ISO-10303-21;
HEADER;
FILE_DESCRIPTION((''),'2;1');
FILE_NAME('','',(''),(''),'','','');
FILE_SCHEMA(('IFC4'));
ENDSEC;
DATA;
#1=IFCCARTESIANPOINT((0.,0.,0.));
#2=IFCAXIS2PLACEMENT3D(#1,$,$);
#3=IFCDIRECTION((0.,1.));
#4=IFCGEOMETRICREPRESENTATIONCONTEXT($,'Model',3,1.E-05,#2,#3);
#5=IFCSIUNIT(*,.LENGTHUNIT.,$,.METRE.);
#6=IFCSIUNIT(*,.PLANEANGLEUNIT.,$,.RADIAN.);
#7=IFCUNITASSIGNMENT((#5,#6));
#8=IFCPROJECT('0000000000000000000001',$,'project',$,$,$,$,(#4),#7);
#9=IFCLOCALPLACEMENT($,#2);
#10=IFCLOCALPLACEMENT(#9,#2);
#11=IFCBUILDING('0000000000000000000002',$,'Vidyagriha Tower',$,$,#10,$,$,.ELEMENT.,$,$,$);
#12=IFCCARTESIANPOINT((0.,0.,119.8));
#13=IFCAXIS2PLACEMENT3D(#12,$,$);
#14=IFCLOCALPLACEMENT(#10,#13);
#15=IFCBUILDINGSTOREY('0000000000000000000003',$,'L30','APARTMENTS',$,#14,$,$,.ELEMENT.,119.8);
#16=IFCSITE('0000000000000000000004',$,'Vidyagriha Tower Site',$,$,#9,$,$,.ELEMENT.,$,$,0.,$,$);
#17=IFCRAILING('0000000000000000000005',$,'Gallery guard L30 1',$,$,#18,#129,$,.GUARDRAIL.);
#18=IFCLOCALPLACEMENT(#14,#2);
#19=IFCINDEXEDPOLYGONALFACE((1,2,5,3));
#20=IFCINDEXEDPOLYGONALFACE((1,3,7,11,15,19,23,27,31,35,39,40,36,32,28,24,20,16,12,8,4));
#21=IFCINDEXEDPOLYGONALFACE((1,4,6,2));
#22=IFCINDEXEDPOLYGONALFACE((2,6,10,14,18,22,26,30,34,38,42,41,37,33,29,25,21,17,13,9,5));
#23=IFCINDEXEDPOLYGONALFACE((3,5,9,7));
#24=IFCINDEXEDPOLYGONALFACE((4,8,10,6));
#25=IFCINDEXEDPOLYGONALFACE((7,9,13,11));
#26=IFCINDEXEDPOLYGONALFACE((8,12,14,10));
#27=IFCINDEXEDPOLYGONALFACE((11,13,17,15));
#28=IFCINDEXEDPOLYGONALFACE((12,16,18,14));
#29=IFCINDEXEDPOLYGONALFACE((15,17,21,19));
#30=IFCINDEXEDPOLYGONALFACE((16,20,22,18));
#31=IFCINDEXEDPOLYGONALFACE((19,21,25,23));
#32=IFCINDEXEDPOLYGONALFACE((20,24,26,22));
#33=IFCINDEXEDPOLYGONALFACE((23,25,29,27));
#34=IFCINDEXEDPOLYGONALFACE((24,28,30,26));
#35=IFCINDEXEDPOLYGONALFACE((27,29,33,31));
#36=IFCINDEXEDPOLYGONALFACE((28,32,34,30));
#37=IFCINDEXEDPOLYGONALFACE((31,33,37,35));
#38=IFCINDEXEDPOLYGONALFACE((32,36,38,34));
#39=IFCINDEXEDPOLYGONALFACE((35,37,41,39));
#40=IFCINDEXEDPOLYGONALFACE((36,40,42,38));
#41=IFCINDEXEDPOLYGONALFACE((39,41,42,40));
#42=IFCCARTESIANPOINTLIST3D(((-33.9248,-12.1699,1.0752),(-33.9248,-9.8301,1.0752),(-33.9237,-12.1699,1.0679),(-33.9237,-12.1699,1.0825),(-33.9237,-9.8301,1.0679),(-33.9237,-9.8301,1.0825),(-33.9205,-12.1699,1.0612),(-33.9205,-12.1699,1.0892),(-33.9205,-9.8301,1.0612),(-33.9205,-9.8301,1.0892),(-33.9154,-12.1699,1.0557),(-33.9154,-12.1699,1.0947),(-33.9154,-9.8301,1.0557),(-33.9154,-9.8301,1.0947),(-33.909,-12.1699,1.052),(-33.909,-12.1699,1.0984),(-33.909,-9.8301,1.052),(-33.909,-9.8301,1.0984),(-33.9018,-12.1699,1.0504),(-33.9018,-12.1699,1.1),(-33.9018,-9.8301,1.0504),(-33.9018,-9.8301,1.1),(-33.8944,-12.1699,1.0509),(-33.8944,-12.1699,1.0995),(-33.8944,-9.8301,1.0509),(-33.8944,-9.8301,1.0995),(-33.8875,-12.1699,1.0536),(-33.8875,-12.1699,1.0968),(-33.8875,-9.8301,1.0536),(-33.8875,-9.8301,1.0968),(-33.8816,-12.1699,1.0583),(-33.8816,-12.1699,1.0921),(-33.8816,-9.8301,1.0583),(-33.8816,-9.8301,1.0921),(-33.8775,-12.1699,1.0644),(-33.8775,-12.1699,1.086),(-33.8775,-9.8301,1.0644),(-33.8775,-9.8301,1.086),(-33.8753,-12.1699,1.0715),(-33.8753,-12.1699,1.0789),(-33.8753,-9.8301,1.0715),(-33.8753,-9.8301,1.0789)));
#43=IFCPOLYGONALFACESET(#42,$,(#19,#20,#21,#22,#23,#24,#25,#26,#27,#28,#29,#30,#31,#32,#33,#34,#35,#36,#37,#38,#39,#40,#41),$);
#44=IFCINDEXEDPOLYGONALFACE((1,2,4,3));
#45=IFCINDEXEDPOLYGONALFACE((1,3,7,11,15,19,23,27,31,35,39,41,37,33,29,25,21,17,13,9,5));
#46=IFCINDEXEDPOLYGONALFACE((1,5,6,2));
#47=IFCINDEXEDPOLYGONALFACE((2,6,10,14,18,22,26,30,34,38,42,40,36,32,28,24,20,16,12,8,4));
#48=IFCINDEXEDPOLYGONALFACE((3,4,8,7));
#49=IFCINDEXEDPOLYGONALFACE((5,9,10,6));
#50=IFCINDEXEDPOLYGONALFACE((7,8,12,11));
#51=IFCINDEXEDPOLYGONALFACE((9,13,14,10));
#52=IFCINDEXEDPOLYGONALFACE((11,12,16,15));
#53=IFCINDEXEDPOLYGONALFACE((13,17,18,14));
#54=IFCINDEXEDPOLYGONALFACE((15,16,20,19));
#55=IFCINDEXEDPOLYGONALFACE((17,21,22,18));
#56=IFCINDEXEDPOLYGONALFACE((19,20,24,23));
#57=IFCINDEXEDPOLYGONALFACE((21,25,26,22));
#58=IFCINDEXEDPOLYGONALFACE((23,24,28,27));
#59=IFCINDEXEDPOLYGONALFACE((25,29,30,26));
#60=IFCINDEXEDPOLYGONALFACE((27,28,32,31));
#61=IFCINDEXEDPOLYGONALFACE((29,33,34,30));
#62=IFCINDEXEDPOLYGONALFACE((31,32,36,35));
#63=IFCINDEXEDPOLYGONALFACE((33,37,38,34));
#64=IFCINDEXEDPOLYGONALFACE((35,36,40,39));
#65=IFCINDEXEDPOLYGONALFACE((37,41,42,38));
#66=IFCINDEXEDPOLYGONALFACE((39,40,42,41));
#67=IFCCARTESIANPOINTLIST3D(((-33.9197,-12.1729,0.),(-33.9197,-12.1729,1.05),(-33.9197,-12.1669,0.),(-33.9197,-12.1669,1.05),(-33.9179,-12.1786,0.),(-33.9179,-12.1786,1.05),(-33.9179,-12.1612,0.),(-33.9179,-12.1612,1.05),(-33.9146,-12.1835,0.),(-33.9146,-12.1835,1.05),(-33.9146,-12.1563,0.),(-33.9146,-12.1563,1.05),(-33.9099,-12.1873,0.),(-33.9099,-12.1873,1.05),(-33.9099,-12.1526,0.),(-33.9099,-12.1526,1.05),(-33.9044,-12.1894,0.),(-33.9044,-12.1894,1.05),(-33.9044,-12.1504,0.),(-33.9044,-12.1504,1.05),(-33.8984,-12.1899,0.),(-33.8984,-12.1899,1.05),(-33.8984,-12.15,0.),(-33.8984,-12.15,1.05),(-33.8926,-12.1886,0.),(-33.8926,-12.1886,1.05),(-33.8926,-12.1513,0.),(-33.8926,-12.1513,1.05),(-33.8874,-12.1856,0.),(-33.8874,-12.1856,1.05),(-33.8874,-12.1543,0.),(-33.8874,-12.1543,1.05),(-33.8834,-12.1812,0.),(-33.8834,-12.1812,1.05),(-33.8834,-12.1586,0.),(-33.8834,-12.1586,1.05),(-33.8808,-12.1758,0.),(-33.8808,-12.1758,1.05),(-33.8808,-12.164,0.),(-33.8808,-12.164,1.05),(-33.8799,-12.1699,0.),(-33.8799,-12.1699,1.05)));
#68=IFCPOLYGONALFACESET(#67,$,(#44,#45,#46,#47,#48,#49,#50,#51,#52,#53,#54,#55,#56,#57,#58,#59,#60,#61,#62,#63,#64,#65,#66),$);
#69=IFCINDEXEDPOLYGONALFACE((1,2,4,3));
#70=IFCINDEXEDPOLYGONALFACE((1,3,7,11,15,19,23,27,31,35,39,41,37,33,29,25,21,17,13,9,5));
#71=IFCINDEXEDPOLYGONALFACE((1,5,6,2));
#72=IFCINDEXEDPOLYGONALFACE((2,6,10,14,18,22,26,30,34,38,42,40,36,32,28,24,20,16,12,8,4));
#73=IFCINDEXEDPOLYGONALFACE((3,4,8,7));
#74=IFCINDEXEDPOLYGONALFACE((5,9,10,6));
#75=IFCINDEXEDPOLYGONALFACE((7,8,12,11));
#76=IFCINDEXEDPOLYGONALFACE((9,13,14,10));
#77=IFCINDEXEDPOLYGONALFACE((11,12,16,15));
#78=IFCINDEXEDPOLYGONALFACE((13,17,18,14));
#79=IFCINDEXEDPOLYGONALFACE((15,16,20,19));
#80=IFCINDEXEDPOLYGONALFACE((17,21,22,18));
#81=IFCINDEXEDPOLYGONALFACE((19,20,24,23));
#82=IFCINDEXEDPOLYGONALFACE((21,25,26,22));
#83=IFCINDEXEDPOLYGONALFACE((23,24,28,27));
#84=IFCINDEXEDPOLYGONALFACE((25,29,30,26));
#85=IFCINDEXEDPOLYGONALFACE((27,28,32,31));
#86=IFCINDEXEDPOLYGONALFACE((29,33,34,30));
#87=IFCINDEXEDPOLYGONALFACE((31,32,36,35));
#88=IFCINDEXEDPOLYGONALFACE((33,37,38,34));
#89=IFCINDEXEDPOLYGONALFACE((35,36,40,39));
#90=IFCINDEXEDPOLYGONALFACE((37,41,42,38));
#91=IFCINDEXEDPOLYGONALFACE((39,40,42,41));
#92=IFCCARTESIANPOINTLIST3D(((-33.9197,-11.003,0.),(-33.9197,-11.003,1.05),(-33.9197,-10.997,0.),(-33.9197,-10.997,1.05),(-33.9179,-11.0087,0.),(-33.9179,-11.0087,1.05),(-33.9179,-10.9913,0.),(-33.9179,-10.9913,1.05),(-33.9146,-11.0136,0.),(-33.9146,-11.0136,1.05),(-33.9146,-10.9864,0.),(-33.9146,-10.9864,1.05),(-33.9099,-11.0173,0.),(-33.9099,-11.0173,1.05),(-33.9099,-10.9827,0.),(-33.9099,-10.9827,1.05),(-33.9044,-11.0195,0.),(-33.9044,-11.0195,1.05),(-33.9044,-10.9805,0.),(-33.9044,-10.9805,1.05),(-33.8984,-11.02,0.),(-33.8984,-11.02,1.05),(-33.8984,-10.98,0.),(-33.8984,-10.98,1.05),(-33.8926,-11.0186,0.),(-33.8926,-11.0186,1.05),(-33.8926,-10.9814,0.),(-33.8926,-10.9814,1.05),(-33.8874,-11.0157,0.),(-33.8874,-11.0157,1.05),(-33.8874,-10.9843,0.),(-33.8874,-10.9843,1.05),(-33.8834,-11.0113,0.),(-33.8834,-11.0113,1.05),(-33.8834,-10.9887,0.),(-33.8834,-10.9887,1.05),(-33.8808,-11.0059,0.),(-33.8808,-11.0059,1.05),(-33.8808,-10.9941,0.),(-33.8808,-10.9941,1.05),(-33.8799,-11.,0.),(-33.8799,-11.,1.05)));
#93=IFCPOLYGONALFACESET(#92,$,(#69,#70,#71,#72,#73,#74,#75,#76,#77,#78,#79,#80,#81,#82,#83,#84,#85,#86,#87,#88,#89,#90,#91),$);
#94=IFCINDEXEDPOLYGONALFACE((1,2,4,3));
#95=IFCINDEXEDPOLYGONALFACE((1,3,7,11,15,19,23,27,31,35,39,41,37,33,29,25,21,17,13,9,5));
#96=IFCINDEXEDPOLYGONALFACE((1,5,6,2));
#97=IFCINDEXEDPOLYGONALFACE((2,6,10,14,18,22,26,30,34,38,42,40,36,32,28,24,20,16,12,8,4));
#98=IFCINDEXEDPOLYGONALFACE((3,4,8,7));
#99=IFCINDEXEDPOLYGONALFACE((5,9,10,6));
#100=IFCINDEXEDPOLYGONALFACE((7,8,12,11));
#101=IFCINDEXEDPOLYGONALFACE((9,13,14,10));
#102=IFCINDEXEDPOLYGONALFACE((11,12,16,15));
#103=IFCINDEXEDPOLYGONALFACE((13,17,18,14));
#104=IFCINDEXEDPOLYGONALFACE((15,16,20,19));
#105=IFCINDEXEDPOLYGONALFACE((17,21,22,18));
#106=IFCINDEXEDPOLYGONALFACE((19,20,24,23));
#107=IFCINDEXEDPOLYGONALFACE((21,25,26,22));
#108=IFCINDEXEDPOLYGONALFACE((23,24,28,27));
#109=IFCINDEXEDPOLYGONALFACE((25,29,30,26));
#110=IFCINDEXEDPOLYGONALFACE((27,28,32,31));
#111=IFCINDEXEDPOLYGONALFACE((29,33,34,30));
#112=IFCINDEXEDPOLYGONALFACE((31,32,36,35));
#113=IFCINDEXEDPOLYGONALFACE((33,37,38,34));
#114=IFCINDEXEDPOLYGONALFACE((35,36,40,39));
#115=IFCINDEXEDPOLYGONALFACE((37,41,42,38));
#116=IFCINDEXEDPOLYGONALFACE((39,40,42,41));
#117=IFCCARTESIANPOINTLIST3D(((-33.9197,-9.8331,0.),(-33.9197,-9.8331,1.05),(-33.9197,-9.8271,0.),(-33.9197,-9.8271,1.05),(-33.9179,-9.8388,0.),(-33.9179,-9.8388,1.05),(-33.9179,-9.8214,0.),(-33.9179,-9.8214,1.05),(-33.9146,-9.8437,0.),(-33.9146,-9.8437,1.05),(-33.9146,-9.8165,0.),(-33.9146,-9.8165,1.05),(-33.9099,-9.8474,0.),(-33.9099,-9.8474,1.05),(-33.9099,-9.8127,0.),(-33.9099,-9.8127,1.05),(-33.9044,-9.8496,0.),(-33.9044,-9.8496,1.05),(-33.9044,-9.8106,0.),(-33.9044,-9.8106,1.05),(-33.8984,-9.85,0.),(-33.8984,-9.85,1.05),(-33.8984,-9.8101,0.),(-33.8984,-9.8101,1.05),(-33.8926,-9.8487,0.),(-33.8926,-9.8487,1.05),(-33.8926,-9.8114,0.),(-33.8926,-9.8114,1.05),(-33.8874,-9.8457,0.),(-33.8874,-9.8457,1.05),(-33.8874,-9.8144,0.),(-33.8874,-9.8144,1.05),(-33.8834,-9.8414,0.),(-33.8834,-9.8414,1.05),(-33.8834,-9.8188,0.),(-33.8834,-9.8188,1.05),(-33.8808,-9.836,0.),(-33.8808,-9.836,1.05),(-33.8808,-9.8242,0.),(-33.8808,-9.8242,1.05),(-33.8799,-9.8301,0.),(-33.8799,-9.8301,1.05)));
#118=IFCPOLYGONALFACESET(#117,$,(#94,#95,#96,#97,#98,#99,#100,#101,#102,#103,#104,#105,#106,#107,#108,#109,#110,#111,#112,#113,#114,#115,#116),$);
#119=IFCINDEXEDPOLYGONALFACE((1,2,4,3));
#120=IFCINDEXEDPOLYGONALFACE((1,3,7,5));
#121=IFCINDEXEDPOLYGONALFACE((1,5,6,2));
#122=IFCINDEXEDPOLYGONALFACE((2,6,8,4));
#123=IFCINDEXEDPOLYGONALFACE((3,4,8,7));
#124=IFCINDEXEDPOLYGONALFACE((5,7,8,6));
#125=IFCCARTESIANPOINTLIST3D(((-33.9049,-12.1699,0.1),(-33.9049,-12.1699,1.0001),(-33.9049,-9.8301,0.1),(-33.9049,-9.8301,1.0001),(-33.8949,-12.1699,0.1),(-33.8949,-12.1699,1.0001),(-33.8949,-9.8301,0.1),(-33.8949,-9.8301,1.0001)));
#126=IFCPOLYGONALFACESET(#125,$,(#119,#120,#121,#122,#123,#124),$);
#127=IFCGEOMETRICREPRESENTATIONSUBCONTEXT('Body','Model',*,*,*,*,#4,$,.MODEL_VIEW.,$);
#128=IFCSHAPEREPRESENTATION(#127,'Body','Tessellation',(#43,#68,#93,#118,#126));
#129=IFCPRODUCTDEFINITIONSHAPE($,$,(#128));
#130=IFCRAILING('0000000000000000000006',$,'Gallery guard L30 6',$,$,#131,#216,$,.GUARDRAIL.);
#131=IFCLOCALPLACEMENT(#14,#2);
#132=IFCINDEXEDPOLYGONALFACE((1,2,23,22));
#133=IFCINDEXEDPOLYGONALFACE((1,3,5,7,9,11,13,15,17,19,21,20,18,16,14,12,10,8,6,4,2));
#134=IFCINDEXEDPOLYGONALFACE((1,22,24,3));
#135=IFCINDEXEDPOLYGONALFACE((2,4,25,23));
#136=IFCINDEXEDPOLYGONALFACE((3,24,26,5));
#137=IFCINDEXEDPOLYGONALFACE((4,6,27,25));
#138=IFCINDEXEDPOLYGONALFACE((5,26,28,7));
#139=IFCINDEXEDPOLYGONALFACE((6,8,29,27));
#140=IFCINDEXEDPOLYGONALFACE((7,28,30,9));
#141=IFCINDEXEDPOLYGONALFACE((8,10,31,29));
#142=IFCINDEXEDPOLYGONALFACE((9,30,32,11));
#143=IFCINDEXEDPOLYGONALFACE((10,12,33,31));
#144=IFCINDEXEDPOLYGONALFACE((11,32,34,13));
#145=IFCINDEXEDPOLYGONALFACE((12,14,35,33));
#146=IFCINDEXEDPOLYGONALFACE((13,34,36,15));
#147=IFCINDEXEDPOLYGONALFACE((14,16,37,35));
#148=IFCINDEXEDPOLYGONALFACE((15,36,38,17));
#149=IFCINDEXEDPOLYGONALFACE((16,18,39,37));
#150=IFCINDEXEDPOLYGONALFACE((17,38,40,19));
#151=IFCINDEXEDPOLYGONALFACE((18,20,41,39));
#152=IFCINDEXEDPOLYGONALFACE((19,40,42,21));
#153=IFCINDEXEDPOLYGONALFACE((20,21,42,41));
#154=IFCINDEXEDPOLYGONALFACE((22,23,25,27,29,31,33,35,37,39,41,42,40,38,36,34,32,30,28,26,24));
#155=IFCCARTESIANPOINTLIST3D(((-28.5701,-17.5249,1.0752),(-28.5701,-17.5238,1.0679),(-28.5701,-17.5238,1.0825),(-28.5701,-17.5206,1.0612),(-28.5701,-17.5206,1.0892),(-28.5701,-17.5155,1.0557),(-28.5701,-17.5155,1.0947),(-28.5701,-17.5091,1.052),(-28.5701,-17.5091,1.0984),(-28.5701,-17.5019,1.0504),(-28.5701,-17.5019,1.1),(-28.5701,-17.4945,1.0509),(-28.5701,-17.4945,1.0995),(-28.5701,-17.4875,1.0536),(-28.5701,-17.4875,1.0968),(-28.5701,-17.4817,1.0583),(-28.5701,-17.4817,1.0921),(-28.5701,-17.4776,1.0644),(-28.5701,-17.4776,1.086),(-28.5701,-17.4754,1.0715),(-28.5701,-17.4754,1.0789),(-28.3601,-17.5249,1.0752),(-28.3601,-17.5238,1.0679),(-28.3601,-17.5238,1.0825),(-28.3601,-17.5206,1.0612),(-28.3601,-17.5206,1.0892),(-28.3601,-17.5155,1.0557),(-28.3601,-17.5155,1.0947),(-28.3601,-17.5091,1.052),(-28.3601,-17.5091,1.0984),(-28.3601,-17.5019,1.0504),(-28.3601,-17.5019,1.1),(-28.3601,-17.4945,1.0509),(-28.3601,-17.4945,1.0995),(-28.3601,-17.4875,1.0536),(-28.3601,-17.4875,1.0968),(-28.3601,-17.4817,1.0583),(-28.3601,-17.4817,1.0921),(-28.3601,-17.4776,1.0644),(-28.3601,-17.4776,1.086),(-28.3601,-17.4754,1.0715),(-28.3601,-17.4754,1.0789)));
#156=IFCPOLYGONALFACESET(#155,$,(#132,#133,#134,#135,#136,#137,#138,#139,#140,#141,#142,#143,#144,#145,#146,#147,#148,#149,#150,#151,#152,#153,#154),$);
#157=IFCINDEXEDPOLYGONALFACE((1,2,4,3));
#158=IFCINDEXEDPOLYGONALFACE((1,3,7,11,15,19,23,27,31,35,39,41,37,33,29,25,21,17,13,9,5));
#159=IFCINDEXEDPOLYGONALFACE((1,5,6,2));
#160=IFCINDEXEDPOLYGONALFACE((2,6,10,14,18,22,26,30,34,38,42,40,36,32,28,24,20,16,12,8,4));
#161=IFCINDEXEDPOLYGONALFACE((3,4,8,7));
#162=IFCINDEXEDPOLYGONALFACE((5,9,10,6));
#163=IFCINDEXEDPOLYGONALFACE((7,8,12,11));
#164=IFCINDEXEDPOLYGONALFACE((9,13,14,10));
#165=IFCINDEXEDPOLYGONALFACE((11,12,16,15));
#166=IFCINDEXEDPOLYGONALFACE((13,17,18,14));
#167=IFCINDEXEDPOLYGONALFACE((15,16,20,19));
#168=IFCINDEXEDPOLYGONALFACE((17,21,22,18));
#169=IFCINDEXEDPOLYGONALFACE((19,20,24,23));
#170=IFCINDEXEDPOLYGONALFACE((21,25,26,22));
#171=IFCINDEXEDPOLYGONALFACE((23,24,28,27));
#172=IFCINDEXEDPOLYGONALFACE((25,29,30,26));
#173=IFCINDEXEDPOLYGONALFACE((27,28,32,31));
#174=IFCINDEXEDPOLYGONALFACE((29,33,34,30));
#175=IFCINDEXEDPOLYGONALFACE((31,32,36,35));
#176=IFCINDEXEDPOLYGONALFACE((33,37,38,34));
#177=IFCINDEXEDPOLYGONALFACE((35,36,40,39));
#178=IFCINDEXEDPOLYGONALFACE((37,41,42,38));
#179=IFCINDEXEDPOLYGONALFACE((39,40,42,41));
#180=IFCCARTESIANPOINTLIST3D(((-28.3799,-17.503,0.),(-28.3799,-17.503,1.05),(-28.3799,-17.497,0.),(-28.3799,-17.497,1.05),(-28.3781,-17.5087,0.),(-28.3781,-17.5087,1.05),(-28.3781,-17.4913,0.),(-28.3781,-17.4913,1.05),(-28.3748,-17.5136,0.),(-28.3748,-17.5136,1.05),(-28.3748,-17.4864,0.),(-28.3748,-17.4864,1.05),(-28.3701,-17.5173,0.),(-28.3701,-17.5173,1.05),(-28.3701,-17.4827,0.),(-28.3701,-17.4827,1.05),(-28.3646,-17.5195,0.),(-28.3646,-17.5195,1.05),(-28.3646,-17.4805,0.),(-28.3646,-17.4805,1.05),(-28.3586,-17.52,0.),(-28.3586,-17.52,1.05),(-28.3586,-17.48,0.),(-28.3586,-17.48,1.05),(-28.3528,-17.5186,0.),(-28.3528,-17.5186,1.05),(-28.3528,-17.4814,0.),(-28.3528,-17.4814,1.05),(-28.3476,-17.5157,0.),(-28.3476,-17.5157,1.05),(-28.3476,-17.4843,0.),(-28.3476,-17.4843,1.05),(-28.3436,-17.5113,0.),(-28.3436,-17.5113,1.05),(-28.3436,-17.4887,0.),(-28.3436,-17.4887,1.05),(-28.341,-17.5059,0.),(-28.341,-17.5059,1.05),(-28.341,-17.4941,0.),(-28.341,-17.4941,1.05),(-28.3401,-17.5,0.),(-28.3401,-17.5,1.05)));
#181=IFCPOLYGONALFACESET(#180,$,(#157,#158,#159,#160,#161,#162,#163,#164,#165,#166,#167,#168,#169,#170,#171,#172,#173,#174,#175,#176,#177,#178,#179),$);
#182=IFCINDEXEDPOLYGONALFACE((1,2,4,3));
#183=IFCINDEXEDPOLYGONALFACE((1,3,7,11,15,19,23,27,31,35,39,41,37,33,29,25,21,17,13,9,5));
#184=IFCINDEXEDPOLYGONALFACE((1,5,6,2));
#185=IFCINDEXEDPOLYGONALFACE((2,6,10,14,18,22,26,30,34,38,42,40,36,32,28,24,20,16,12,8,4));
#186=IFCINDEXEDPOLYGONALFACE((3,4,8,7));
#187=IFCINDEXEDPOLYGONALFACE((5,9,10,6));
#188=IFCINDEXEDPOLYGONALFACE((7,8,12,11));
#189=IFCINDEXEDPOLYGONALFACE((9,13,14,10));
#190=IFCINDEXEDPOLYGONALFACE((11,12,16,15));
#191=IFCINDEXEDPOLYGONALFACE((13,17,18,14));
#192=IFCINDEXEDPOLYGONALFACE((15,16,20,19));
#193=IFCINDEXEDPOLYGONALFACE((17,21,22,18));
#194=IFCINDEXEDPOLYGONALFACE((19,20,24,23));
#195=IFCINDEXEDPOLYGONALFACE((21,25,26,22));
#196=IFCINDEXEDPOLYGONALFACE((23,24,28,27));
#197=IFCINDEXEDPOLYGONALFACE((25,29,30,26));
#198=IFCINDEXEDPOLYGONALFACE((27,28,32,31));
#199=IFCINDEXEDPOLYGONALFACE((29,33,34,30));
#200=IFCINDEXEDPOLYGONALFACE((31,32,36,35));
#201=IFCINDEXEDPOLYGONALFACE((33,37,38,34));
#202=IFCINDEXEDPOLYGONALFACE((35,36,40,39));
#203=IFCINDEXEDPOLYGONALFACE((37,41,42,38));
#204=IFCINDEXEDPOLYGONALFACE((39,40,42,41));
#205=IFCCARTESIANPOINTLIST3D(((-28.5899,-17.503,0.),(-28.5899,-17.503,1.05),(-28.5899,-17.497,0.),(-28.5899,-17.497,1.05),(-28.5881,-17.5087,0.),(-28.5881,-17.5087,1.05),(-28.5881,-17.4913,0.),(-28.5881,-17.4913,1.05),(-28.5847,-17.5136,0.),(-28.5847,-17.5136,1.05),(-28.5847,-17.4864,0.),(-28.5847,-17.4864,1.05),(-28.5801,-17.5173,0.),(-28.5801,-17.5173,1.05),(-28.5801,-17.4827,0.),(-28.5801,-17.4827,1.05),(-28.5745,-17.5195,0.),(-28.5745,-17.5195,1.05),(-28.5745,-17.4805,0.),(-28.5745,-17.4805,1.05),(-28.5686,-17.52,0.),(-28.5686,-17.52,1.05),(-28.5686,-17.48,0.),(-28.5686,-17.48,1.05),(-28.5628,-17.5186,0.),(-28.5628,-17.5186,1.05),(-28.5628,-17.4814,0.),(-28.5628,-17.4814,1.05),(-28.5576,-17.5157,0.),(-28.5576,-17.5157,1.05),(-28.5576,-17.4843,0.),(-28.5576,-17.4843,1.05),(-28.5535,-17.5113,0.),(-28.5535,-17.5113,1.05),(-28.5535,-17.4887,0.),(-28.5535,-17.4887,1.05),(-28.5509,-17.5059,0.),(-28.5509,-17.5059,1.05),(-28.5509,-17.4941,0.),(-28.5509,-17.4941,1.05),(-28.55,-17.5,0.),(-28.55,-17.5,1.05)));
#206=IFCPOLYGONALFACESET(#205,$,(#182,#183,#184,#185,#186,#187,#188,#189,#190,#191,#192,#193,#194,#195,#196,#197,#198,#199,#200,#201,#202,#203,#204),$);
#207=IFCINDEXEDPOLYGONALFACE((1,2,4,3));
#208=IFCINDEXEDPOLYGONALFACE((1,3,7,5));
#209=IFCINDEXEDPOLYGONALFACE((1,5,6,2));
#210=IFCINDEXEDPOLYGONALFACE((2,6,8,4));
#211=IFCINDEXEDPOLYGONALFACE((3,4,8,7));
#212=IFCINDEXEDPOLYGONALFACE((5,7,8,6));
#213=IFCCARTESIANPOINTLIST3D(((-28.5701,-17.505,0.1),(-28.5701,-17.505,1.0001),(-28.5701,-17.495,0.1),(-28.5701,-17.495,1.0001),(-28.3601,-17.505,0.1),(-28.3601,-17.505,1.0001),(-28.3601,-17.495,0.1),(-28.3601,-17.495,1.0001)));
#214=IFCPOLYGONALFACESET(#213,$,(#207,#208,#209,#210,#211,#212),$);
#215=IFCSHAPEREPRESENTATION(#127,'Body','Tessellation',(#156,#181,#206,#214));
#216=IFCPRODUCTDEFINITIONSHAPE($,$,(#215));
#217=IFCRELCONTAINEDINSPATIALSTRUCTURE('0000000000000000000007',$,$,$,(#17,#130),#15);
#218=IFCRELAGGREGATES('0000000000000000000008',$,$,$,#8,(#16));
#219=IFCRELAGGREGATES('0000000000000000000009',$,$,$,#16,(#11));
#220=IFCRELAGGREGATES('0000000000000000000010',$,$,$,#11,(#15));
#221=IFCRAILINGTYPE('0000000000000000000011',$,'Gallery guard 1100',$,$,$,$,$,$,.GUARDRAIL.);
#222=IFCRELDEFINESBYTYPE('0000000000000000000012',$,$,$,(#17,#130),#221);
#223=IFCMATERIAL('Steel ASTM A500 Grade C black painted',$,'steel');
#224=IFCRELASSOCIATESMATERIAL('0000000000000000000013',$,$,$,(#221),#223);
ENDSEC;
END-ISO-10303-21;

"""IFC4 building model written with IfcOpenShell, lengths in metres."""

from ifc_helpers import new_model, si_unit, direction, frame, origin, origin_2d, place, context, subcontext, project, spatial, rectangle, circle, extrude, material, type_object, element, save


model = new_model("IFC4")

# Units and contexts
model_context = context("Model", 3, precision=1e-05, world=origin(), true_north=direction((0.0, 1.0)))
body_context = subcontext(model_context, "Body", "Model", "MODEL_VIEW")
ifc_project = project(units=[si_unit("LENGTHUNIT", "METRE"), si_unit("PLANEANGLEUNIT", "RADIAN")], contexts=[model_context])

# Site, building, storey
site_placement = place(None, origin())
site = spatial("IfcSite", under=ifc_project, at=site_placement, Name="Vidyagriha Tower Site", CompositionType="ELEMENT", RefElevation=0.0)
building_placement = place(site_placement, origin())
building = spatial("IfcBuilding", under=site, at=building_placement, Name="Vidyagriha Tower", CompositionType="ELEMENT")
storey_placement = place(building_placement, frame((0.0, 0.0, 119.8)))
storey = spatial("IfcBuildingStorey", under=building, at=storey_placement, Name="L30", Description="APARTMENTS", CompositionType="ELEMENT", Elevation=119.8)

# Railings
ifc_material_1 = material(Name="Steel ASTM A500 Grade C black painted", Category="steel")
railing_type_1 = type_object("IfcRailingType", Name="Gallery guard 1100", PredefinedType="GUARDRAIL", material=ifc_material_1)
railing_1_placement = place(storey_placement, frame((-33.8999, -12.1699, 0.0)))
element("IfcRailing", 1, at=railing_1_placement, inside=storey, type_object=railing_type_1, Name="Gallery guard L30 1", PredefinedType="GUARDRAIL", context=body_context, shape_type="SweptSolid", body=[
    extrude(circle(Radius=0.0249, at=origin_2d()), frame((0.0, 0.0, 1.0752), z_axis=(0.0, 1.0, 0.0), x_axis=(-1.0, 0.0, 0.0)), (0.0, 0.0, 1.0), 2.3398),
    extrude(circle(Radius=0.02, at=origin_2d()), origin(), (0.0, 0.0, 1.0), 1.05),
    extrude(circle(Radius=0.02, at=origin_2d()), frame((0.0, 1.1699, 0.0)), (0.0, 0.0, 1.0), 1.05),
    extrude(circle(Radius=0.02, at=origin_2d()), frame((0.0, 2.3398, 0.0)), (0.0, 0.0, 1.0), 1.05),
    extrude(rectangle(XDim=0.01, YDim=0.9001, at=origin_2d()), frame((0.0, 0.0, 0.55), z_axis=(0.0, 1.0, 0.0), x_axis=(-1.0, 0.0, 0.0)), (0.0, 0.0, 1.0), 2.3398),
])
railing_2_placement = place(storey_placement, frame((-28.3601, -17.5, 0.0)))
element("IfcRailing", 2, at=railing_2_placement, inside=storey, type_object=railing_type_1, Name="Gallery guard L30 6", PredefinedType="GUARDRAIL", context=body_context, shape_type="SweptSolid", body=[
    extrude(circle(Radius=0.0249, at=origin_2d()), frame((0.0, 0.0, 1.0752), z_axis=(-1.0, 0.0, 0.0), x_axis=(0.0, -1.0, 0.0)), (0.0, 0.0, 1.0), 0.21),
    extrude(circle(Radius=0.02, at=origin_2d()), origin(), (0.0, 0.0, 1.0), 1.05),
    extrude(circle(Radius=0.02, at=origin_2d()), frame((-0.21, 0.0, 0.0)), (0.0, 0.0, 1.0), 1.05),
    extrude(rectangle(XDim=0.01, YDim=0.9001, at=origin_2d()), frame((0.0, 0.0, 0.55), z_axis=(-1.0, 0.0, 0.0), x_axis=(0.0, -1.0, 0.0)), (0.0, 0.0, 1.0), 0.21),
])

save(model, "model.ifc")
